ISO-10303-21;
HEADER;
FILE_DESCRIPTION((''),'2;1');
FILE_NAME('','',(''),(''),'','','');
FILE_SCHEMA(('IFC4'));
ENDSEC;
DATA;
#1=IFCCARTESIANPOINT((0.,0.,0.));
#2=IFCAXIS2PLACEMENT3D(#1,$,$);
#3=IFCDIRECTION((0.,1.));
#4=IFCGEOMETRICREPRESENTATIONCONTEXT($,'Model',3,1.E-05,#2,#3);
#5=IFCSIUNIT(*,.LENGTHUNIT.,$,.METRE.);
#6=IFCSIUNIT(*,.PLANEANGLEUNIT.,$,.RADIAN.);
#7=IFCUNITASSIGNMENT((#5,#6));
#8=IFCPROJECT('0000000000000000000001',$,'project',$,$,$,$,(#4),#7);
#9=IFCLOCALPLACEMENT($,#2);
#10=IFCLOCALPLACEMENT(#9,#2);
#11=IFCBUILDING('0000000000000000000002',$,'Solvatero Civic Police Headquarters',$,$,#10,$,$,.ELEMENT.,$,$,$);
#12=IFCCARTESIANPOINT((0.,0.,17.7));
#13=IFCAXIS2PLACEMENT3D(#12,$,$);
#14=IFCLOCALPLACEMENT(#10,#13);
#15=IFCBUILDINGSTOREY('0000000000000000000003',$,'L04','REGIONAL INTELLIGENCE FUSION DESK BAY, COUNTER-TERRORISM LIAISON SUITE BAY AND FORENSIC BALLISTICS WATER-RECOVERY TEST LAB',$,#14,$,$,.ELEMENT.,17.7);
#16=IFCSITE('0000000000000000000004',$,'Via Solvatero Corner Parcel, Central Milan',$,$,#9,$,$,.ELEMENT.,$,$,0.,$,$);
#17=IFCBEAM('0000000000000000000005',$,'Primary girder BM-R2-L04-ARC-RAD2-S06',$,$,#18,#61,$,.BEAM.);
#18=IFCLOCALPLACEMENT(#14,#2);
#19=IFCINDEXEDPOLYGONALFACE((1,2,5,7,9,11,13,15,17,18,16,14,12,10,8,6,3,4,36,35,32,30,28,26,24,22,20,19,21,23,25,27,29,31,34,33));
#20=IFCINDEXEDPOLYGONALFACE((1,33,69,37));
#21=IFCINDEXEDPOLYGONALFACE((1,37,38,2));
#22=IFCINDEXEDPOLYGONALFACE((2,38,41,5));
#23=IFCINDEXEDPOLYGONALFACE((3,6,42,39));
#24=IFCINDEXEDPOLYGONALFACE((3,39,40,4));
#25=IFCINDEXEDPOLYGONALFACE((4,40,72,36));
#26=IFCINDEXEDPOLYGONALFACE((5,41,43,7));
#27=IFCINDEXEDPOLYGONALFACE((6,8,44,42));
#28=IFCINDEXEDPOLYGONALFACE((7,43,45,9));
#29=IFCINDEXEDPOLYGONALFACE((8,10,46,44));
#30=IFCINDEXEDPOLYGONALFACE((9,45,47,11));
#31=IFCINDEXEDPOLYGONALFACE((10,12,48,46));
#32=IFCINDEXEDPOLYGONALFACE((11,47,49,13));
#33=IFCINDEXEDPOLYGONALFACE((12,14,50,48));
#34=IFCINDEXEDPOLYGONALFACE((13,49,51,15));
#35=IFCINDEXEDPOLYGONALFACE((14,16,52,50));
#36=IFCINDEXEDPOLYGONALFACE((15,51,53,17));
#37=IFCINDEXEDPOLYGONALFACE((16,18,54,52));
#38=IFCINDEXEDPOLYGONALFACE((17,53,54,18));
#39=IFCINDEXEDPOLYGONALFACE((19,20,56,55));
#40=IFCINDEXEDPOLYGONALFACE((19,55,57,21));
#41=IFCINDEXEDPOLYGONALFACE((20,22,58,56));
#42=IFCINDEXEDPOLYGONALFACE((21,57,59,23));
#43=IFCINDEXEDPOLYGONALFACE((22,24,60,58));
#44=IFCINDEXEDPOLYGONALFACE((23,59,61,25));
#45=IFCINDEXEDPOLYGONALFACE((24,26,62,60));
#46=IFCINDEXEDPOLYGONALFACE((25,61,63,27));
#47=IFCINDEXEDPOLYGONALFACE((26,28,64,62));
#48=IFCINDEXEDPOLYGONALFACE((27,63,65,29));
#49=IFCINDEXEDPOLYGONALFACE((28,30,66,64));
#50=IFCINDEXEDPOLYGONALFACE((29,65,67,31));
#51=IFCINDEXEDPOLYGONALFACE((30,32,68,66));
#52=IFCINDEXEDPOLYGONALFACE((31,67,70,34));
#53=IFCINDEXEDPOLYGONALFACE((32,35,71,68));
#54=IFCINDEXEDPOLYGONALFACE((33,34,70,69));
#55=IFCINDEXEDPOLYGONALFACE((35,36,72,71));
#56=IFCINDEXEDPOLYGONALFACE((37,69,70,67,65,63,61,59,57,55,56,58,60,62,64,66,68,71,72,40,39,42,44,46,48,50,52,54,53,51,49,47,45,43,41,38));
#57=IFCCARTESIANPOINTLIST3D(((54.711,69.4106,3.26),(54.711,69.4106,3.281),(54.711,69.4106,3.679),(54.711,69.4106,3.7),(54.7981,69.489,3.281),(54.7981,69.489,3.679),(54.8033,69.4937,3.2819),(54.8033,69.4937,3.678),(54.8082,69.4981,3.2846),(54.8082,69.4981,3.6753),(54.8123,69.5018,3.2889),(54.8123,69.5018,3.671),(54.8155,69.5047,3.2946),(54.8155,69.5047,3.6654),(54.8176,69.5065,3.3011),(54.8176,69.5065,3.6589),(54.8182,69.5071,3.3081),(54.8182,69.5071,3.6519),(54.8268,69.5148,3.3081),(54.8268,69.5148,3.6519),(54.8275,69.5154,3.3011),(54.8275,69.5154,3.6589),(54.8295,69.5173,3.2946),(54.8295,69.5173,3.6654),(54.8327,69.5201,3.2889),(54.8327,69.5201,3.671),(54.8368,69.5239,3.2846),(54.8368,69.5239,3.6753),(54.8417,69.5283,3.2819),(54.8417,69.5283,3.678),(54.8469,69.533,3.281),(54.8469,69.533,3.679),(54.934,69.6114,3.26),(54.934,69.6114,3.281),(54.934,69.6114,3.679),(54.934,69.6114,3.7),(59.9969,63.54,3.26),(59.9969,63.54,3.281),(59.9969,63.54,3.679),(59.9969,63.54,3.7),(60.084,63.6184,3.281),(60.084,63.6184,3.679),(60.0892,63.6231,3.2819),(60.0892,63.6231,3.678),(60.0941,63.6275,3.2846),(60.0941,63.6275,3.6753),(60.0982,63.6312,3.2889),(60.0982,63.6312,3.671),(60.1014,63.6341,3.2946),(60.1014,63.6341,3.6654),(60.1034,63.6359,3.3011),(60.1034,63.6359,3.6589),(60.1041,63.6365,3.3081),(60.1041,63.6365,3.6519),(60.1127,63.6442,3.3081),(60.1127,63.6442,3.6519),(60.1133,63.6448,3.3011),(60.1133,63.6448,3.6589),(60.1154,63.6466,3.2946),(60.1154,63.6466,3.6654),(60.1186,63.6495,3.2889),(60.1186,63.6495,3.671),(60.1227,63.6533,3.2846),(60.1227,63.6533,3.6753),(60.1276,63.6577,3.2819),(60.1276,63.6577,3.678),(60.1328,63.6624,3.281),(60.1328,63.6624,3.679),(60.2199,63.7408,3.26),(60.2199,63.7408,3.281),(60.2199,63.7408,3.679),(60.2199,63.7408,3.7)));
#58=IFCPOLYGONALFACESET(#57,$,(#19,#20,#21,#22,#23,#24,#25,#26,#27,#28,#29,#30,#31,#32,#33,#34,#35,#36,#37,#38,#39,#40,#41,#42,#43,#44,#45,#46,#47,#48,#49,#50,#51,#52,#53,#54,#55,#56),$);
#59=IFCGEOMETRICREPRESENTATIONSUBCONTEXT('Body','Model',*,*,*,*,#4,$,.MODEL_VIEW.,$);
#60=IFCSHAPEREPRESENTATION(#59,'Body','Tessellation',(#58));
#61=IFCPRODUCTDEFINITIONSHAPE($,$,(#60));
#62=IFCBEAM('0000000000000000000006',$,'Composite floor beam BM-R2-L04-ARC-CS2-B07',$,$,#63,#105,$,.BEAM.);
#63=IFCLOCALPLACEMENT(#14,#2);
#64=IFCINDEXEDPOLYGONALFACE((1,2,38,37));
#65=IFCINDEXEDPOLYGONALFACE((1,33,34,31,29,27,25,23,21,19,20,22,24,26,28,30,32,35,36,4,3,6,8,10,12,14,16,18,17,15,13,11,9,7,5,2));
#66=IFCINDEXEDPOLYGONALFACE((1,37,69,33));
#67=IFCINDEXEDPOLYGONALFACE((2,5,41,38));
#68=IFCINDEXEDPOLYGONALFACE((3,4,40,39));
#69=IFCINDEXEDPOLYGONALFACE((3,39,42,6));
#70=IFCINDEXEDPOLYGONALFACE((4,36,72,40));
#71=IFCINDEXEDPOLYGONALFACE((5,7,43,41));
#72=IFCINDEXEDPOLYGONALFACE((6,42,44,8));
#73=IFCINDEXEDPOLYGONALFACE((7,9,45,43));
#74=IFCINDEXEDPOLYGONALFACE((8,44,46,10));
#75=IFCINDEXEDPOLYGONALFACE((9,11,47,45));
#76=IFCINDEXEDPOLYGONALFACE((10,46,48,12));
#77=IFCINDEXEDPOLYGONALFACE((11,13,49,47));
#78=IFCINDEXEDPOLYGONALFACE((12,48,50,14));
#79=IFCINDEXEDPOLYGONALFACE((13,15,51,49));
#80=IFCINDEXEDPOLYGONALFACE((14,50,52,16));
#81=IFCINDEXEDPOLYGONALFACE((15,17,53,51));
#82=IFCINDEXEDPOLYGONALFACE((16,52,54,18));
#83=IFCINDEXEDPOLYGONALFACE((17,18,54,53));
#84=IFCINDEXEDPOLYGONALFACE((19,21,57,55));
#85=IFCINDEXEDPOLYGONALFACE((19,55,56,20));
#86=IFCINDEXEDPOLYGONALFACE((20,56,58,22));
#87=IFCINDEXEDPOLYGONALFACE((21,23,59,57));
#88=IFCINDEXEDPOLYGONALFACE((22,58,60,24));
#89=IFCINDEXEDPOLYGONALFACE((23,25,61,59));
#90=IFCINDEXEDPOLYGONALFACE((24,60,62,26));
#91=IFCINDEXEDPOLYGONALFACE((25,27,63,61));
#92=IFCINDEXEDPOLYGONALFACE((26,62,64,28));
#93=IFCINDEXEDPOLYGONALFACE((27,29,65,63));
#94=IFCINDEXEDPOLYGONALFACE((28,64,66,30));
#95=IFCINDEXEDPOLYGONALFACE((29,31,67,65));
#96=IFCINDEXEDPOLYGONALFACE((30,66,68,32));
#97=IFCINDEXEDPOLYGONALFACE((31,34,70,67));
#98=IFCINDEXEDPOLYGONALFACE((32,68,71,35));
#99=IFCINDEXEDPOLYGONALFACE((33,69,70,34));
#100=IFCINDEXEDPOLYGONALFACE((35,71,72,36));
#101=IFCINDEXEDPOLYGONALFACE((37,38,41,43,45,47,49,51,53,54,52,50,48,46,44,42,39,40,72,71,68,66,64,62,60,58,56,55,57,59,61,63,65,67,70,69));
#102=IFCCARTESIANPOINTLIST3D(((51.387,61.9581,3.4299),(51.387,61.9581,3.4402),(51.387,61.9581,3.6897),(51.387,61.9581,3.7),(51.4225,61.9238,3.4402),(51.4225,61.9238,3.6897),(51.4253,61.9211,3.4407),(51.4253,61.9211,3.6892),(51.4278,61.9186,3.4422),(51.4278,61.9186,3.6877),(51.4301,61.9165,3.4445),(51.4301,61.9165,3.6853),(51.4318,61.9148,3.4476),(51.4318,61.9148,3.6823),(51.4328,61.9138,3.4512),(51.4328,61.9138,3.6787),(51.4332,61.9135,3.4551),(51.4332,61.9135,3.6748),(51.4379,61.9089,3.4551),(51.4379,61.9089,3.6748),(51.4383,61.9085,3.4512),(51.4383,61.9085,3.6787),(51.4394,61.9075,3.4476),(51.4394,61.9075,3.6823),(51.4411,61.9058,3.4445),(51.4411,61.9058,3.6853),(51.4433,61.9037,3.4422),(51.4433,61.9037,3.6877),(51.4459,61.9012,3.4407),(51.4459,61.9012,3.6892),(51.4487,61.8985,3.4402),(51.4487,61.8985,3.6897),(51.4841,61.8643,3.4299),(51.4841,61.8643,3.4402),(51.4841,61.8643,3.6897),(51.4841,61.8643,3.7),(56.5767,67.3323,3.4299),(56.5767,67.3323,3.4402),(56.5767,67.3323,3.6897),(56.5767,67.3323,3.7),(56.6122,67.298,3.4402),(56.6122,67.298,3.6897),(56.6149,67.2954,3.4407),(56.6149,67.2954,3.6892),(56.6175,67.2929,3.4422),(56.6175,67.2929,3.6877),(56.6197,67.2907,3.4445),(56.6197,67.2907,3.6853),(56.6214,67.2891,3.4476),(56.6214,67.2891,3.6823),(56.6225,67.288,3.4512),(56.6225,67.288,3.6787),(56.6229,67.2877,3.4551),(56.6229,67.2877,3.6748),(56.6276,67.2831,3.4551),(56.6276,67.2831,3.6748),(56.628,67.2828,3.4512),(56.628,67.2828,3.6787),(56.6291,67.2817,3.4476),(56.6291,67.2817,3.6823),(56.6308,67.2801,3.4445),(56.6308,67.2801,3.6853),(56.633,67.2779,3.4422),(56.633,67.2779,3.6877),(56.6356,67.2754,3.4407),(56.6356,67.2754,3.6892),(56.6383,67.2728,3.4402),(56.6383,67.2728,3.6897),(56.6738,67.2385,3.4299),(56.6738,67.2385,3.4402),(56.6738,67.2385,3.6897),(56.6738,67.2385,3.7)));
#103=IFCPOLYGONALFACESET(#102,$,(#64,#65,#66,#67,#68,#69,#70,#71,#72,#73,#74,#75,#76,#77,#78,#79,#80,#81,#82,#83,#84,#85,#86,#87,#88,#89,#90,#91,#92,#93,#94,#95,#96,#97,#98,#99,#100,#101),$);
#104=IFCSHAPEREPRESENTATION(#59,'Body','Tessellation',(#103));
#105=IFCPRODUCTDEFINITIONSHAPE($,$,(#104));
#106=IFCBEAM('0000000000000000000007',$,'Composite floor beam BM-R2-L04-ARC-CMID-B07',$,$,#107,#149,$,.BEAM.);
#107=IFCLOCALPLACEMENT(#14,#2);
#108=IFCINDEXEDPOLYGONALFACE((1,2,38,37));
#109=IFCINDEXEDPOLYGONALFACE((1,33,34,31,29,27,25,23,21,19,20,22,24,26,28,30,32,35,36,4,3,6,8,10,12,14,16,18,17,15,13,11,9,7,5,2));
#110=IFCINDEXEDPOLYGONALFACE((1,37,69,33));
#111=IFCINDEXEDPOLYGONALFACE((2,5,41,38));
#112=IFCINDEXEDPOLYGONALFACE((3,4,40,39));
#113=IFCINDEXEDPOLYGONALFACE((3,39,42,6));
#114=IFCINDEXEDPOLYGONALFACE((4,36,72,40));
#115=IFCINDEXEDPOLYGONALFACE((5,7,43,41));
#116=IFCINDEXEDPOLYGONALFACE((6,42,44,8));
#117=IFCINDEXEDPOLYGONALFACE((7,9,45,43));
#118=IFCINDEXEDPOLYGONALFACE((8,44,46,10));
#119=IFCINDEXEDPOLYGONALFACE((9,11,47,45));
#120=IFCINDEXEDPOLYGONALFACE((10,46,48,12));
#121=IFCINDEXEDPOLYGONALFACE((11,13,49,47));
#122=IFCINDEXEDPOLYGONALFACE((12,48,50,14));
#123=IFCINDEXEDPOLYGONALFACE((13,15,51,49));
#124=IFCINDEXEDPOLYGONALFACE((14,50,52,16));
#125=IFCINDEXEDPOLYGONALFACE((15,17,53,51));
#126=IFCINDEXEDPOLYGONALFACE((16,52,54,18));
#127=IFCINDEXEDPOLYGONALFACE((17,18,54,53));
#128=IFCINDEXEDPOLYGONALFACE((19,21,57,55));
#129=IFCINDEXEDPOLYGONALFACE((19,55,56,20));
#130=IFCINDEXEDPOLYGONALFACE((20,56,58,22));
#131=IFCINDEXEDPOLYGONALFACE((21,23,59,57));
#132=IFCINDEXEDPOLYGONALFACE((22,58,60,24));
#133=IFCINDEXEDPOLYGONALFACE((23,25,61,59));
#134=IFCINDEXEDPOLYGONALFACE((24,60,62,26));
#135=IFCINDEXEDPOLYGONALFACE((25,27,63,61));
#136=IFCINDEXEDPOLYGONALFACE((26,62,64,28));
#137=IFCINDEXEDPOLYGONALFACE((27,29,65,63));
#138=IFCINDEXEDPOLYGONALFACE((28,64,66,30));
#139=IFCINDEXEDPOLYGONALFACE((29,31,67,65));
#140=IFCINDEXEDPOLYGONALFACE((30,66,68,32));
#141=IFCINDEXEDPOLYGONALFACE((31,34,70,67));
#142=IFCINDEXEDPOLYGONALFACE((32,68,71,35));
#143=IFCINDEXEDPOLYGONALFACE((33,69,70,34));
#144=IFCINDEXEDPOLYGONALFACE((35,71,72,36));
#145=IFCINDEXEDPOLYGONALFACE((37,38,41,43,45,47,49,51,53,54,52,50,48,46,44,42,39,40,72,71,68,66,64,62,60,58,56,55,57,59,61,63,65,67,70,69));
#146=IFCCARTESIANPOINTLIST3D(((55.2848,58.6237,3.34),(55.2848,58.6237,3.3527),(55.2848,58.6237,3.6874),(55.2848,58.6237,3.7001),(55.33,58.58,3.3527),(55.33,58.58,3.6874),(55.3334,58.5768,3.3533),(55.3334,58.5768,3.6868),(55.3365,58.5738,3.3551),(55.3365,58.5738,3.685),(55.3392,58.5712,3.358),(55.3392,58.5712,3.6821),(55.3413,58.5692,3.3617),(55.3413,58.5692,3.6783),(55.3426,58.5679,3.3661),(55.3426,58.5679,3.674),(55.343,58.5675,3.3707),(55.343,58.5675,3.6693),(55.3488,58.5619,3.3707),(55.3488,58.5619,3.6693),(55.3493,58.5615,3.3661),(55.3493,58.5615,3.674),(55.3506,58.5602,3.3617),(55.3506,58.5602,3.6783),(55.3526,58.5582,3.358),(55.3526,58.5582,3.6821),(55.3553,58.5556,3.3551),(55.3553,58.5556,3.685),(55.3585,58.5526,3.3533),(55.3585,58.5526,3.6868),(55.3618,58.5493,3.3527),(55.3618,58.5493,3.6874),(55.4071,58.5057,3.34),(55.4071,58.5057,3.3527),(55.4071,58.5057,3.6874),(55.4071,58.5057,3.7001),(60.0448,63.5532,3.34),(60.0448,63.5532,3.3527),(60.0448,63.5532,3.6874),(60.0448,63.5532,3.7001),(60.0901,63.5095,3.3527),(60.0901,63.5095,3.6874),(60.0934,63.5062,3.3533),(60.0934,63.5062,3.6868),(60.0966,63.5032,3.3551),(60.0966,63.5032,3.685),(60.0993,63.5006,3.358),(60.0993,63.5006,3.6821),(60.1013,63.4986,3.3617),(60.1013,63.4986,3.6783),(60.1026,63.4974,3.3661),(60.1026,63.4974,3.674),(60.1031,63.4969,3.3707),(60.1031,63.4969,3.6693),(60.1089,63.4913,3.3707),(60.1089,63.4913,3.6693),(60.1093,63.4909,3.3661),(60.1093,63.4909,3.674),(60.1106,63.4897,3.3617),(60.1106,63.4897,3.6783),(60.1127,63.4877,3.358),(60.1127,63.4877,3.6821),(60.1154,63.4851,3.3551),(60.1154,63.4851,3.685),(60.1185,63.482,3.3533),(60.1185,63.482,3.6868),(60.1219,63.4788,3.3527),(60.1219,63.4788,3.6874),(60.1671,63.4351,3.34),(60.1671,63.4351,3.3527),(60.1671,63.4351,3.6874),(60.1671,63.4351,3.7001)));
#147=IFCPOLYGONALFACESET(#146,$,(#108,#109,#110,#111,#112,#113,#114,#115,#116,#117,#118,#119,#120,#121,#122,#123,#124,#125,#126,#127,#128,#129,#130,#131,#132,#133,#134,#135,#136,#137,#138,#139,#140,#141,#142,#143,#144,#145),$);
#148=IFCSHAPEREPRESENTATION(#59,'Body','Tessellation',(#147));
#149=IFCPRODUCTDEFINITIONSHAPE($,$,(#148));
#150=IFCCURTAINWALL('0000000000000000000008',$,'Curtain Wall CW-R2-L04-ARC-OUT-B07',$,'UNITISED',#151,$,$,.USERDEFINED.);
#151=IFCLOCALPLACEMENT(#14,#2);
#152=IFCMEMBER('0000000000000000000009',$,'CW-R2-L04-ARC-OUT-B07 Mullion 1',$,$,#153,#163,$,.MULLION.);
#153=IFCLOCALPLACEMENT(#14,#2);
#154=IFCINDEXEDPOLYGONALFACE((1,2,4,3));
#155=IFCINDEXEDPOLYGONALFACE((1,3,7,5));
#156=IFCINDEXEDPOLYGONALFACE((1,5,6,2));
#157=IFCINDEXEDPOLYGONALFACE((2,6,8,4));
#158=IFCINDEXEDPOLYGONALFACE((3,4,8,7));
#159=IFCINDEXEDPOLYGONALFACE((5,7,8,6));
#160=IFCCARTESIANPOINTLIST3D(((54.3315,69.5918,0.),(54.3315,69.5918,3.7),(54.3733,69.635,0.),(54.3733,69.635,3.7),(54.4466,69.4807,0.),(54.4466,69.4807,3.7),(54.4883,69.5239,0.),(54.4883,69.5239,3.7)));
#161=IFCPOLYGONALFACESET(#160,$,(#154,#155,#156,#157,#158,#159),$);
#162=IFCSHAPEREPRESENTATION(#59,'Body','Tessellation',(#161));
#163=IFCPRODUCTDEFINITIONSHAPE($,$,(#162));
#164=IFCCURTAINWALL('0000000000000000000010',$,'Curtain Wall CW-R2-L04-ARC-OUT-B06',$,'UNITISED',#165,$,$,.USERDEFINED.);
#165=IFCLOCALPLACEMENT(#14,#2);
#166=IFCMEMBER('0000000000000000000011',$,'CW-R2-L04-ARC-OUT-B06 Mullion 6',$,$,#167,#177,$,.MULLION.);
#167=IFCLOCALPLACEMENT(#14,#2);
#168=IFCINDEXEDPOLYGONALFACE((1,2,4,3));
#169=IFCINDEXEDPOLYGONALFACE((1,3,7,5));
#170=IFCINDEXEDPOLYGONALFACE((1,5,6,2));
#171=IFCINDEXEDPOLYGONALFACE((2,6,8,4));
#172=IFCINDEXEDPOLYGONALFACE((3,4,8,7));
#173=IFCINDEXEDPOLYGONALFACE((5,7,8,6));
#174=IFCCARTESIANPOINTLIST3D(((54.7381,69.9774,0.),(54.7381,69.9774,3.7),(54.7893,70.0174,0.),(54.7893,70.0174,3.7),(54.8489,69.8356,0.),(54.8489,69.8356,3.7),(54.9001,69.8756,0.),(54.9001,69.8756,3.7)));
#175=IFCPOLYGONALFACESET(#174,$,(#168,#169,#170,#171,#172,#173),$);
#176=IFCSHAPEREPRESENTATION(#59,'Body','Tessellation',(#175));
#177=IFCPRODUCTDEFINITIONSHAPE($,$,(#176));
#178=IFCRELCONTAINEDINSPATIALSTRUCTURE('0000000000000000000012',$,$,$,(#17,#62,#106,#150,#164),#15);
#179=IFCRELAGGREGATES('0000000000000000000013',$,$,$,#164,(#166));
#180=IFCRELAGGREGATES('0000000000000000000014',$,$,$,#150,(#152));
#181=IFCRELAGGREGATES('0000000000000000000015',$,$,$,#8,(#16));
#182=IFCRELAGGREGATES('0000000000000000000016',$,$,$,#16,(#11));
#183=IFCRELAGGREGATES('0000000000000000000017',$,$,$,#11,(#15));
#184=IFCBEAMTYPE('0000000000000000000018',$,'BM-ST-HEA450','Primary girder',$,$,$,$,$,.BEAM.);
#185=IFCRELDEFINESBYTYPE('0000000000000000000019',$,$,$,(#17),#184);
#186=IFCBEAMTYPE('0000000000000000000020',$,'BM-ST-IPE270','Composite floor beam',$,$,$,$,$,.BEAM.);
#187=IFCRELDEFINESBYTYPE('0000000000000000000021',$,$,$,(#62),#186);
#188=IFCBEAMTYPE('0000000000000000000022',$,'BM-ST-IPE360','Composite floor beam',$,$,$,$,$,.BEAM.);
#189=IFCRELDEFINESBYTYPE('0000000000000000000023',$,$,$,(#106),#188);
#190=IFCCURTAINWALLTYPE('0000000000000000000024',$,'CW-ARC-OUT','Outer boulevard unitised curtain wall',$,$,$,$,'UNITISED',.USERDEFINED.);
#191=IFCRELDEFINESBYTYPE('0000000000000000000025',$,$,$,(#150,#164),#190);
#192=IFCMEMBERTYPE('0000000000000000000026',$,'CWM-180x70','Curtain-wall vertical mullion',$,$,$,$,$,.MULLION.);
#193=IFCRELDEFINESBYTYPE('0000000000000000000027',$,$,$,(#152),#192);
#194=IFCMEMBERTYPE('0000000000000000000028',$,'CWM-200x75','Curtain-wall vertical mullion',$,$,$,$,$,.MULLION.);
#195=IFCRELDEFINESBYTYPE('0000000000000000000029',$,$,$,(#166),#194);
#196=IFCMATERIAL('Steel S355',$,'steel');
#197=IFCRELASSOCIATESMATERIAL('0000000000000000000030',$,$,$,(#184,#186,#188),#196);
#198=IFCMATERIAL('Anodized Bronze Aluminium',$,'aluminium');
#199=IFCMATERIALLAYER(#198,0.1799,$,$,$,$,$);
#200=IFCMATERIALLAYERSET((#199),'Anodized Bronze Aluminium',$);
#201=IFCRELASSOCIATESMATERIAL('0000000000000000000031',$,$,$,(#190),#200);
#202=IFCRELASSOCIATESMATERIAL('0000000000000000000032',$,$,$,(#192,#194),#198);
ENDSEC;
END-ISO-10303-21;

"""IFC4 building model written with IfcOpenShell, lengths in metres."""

from ifc_helpers import new_model, si_unit, direction, frame, origin, origin_2d, place, context, subcontext, project, spatial, rectangle, i_section, extrude, material, layer, layer_set, material_profile, profile_set, type_object, element, aggregate, save


model = new_model("IFC4")

# Units and contexts
model_context = context("Model", 3, precision=1e-05, world=origin(), true_north=direction((0.0, 1.0)))
body_context = subcontext(model_context, "Body", "Model", "MODEL_VIEW")
ifc_project = project(units=[si_unit("LENGTHUNIT", "METRE"), si_unit("PLANEANGLEUNIT", "RADIAN")], contexts=[model_context])

# Site, building, storey
site_placement = place(None, origin())
site = spatial("IfcSite", under=ifc_project, at=site_placement, Name="Via Solvatero Corner Parcel, Central Milan", CompositionType="ELEMENT", RefElevation=0.0)
building_placement = place(site_placement, origin())
building = spatial("IfcBuilding", under=site, at=building_placement, Name="Solvatero Civic Police Headquarters", CompositionType="ELEMENT")
storey_placement = place(building_placement, frame((0.0, 0.0, 17.7)))
storey = spatial("IfcBuildingStorey", under=building, at=storey_placement, Name="L04", Description="REGIONAL INTELLIGENCE FUSION DESK BAY, COUNTER-TERRORISM LIAISON SUITE BAY AND FORENSIC BALLISTICS WATER-RECOVERY TEST LAB", CompositionType="ELEMENT", Elevation=17.7)

# Shared definitions
ifc_material_1 = material(Name="Steel S355", Category="steel")

# Beams
ifc_material_profile_1 = material_profile(ifc_material_1, i_section(OverallWidth=0.3, OverallDepth=0.4399, WebThickness=0.0115, FlangeThickness=0.021, FilletRadius=0.0271, at=origin_2d()), Name="HEA 450")
ifc_profile_set_1 = profile_set([ifc_material_profile_1], Name="Steel S355")
beam_type_1 = type_object("IfcBeamType", Name="BM-ST-HEA450", Description="Primary girder", PredefinedType="BEAM", material=ifc_profile_set_1)
beam_1_placement = place(storey_placement, frame((60.1084, 63.6404, 3.48), z_axis=(-0.669129, 0.743147, 0.0), x_axis=(-0.743147, -0.669129, 0.0)))
element("IfcBeam", 1, at=beam_1_placement, inside=storey, type_object=beam_type_1, Name="Primary girder BM-R2-L04-ARC-RAD2-S06", PredefinedType="BEAM", context=body_context, shape_type="SweptSolid", body=[
    extrude(i_section(OverallWidth=0.3, OverallDepth=0.4399, WebThickness=0.0115, FlangeThickness=0.021, FilletRadius=0.0271, at=origin_2d()), origin(), (0.0, 0.0, 1.0), 7.8997),
])
ifc_material_profile_2 = material_profile(ifc_material_1, i_section(OverallWidth=0.135, OverallDepth=0.27, WebThickness=0.0066, FlangeThickness=0.0103, FilletRadius=0.0149, at=origin_2d()), Name="IPE 270")
ifc_profile_set_2 = profile_set([ifc_material_profile_2], Name="Steel S355")
beam_type_2 = type_object("IfcBeamType", Name="BM-ST-IPE270", Description="Composite floor beam", PredefinedType="BEAM", material=ifc_profile_set_2)
beam_2_placement = place(storey_placement, frame((56.6252, 67.2854, 3.5649), z_axis=(-0.694646, -0.719351, 0.0), x_axis=(0.719351, -0.694646, 0.0)))
element("IfcBeam", 2, at=beam_2_placement, inside=storey, type_object=beam_type_2, Name="Composite floor beam BM-R2-L04-ARC-CS2-B07", PredefinedType="BEAM", context=body_context, shape_type="SweptSolid", body=[
    extrude(i_section(OverallWidth=0.135, OverallDepth=0.27, WebThickness=0.0066, FlangeThickness=0.0103, FilletRadius=0.0149, at=origin_2d()), origin(), (0.0, 0.0, 1.0), 7.4709),
])
ifc_material_profile_3 = material_profile(ifc_material_1, i_section(OverallWidth=0.1699, OverallDepth=0.3601, WebThickness=0.0081, FlangeThickness=0.0127, FilletRadius=0.0181, at=origin_2d()), Name="IPE 360")
ifc_profile_set_3 = profile_set([ifc_material_profile_3], Name="Steel S355")
beam_type_3 = type_object("IfcBeamType", Name="BM-ST-IPE360", Description="Composite floor beam", PredefinedType="BEAM", material=ifc_profile_set_3)
beam_3_placement = place(storey_placement, frame((60.106, 63.4941, 3.52), z_axis=(-0.694636, -0.719362, 0.0), x_axis=(0.719362, -0.694636, 0.0)))
element("IfcBeam", 3, at=beam_3_placement, inside=storey, type_object=beam_type_3, Name="Composite floor beam BM-R2-L04-ARC-CMID-B07", PredefinedType="BEAM", context=body_context, shape_type="SweptSolid", body=[
    extrude(i_section(OverallWidth=0.1699, OverallDepth=0.3601, WebThickness=0.0081, FlangeThickness=0.0127, FilletRadius=0.0181, at=origin_2d()), origin(), (0.0, 0.0, 1.0), 6.8525),
])

# Curtain walls, members
ifc_material_2 = material(Name="Anodized Bronze Aluminium", Category="aluminium")
ifc_layer_1 = layer(ifc_material_2, 0.1799)
ifc_layer_set_1 = layer_set([ifc_layer_1], Name="Anodized Bronze Aluminium")
curtain_wall_type = type_object("IfcCurtainWallType", Name="CW-ARC-OUT", Description="Outer boulevard unitised curtain wall", ElementType="UNITISED", PredefinedType="USERDEFINED", material=ifc_layer_set_1)
curtain_wall_1_placement = place(storey_placement, origin())
curtain_wall_1 = element("IfcCurtainWall", 4, at=curtain_wall_1_placement, inside=storey, type_object=curtain_wall_type, Name="Curtain Wall CW-R2-L04-ARC-OUT-B07", ObjectType="UNITISED", PredefinedType="USERDEFINED")
ifc_material_profile_4 = material_profile(ifc_material_2, rectangle(XDim=0.0601, YDim=0.1599, at=origin_2d()), Name="ALU MULLION 60x160")
ifc_profile_set_4 = profile_set([ifc_material_profile_4], Name="Anodized Bronze Aluminium")
member_type_1 = type_object("IfcMemberType", Name="CWM-180x70", Description="Curtain-wall vertical mullion", PredefinedType="MULLION", material=ifc_profile_set_4)
member_1_placement = place(storey_placement, frame((54.4099, 69.5579, 0.0), z_axis=(0.0, 0.0, 1.0), x_axis=(-0.694646, -0.719352, 0.0)))
member_1 = element("IfcMember", 5, at=member_1_placement, type_object=member_type_1, Name="CW-R2-L04-ARC-OUT-B07 Mullion 1", PredefinedType="MULLION", context=body_context, shape_type="SweptSolid", body=[
    extrude(rectangle(XDim=0.0601, YDim=0.1599, at=origin_2d()), origin(), (0.0, 0.0, 1.0), 3.7),
])
curtain_wall_2_placement = place(storey_placement, origin())
curtain_wall_2 = element("IfcCurtainWall", 6, at=curtain_wall_2_placement, inside=storey, type_object=curtain_wall_type, Name="Curtain Wall CW-R2-L04-ARC-OUT-B06", ObjectType="UNITISED", PredefinedType="USERDEFINED")
ifc_material_profile_5 = material_profile(ifc_material_2, rectangle(XDim=0.0649, YDim=0.1799, at=origin_2d()), Name="ALU MULLION 65x180")
ifc_profile_set_5 = profile_set([ifc_material_profile_5], Name="Anodized Bronze Aluminium")
member_type_2 = type_object("IfcMemberType", Name="CWM-200x75", Description="Curtain-wall vertical mullion", PredefinedType="MULLION", material=ifc_profile_set_5)
member_2_placement = place(storey_placement, frame((54.8191, 69.9265, 0.0), z_axis=(0.0, 0.0, 1.0), x_axis=(-0.788011, -0.615661, 0.0)))
member_2 = element("IfcMember", 7, at=member_2_placement, type_object=member_type_2, Name="CW-R2-L04-ARC-OUT-B06 Mullion 6", PredefinedType="MULLION", context=body_context, shape_type="SweptSolid", body=[
    extrude(rectangle(XDim=0.0649, YDim=0.1799, at=origin_2d()), origin(), (0.0, 0.0, 1.0), 3.7),
])
aggregate(curtain_wall_2, [member_2])

aggregate(curtain_wall_1, [member_1])

save(model, "model.ifc")
